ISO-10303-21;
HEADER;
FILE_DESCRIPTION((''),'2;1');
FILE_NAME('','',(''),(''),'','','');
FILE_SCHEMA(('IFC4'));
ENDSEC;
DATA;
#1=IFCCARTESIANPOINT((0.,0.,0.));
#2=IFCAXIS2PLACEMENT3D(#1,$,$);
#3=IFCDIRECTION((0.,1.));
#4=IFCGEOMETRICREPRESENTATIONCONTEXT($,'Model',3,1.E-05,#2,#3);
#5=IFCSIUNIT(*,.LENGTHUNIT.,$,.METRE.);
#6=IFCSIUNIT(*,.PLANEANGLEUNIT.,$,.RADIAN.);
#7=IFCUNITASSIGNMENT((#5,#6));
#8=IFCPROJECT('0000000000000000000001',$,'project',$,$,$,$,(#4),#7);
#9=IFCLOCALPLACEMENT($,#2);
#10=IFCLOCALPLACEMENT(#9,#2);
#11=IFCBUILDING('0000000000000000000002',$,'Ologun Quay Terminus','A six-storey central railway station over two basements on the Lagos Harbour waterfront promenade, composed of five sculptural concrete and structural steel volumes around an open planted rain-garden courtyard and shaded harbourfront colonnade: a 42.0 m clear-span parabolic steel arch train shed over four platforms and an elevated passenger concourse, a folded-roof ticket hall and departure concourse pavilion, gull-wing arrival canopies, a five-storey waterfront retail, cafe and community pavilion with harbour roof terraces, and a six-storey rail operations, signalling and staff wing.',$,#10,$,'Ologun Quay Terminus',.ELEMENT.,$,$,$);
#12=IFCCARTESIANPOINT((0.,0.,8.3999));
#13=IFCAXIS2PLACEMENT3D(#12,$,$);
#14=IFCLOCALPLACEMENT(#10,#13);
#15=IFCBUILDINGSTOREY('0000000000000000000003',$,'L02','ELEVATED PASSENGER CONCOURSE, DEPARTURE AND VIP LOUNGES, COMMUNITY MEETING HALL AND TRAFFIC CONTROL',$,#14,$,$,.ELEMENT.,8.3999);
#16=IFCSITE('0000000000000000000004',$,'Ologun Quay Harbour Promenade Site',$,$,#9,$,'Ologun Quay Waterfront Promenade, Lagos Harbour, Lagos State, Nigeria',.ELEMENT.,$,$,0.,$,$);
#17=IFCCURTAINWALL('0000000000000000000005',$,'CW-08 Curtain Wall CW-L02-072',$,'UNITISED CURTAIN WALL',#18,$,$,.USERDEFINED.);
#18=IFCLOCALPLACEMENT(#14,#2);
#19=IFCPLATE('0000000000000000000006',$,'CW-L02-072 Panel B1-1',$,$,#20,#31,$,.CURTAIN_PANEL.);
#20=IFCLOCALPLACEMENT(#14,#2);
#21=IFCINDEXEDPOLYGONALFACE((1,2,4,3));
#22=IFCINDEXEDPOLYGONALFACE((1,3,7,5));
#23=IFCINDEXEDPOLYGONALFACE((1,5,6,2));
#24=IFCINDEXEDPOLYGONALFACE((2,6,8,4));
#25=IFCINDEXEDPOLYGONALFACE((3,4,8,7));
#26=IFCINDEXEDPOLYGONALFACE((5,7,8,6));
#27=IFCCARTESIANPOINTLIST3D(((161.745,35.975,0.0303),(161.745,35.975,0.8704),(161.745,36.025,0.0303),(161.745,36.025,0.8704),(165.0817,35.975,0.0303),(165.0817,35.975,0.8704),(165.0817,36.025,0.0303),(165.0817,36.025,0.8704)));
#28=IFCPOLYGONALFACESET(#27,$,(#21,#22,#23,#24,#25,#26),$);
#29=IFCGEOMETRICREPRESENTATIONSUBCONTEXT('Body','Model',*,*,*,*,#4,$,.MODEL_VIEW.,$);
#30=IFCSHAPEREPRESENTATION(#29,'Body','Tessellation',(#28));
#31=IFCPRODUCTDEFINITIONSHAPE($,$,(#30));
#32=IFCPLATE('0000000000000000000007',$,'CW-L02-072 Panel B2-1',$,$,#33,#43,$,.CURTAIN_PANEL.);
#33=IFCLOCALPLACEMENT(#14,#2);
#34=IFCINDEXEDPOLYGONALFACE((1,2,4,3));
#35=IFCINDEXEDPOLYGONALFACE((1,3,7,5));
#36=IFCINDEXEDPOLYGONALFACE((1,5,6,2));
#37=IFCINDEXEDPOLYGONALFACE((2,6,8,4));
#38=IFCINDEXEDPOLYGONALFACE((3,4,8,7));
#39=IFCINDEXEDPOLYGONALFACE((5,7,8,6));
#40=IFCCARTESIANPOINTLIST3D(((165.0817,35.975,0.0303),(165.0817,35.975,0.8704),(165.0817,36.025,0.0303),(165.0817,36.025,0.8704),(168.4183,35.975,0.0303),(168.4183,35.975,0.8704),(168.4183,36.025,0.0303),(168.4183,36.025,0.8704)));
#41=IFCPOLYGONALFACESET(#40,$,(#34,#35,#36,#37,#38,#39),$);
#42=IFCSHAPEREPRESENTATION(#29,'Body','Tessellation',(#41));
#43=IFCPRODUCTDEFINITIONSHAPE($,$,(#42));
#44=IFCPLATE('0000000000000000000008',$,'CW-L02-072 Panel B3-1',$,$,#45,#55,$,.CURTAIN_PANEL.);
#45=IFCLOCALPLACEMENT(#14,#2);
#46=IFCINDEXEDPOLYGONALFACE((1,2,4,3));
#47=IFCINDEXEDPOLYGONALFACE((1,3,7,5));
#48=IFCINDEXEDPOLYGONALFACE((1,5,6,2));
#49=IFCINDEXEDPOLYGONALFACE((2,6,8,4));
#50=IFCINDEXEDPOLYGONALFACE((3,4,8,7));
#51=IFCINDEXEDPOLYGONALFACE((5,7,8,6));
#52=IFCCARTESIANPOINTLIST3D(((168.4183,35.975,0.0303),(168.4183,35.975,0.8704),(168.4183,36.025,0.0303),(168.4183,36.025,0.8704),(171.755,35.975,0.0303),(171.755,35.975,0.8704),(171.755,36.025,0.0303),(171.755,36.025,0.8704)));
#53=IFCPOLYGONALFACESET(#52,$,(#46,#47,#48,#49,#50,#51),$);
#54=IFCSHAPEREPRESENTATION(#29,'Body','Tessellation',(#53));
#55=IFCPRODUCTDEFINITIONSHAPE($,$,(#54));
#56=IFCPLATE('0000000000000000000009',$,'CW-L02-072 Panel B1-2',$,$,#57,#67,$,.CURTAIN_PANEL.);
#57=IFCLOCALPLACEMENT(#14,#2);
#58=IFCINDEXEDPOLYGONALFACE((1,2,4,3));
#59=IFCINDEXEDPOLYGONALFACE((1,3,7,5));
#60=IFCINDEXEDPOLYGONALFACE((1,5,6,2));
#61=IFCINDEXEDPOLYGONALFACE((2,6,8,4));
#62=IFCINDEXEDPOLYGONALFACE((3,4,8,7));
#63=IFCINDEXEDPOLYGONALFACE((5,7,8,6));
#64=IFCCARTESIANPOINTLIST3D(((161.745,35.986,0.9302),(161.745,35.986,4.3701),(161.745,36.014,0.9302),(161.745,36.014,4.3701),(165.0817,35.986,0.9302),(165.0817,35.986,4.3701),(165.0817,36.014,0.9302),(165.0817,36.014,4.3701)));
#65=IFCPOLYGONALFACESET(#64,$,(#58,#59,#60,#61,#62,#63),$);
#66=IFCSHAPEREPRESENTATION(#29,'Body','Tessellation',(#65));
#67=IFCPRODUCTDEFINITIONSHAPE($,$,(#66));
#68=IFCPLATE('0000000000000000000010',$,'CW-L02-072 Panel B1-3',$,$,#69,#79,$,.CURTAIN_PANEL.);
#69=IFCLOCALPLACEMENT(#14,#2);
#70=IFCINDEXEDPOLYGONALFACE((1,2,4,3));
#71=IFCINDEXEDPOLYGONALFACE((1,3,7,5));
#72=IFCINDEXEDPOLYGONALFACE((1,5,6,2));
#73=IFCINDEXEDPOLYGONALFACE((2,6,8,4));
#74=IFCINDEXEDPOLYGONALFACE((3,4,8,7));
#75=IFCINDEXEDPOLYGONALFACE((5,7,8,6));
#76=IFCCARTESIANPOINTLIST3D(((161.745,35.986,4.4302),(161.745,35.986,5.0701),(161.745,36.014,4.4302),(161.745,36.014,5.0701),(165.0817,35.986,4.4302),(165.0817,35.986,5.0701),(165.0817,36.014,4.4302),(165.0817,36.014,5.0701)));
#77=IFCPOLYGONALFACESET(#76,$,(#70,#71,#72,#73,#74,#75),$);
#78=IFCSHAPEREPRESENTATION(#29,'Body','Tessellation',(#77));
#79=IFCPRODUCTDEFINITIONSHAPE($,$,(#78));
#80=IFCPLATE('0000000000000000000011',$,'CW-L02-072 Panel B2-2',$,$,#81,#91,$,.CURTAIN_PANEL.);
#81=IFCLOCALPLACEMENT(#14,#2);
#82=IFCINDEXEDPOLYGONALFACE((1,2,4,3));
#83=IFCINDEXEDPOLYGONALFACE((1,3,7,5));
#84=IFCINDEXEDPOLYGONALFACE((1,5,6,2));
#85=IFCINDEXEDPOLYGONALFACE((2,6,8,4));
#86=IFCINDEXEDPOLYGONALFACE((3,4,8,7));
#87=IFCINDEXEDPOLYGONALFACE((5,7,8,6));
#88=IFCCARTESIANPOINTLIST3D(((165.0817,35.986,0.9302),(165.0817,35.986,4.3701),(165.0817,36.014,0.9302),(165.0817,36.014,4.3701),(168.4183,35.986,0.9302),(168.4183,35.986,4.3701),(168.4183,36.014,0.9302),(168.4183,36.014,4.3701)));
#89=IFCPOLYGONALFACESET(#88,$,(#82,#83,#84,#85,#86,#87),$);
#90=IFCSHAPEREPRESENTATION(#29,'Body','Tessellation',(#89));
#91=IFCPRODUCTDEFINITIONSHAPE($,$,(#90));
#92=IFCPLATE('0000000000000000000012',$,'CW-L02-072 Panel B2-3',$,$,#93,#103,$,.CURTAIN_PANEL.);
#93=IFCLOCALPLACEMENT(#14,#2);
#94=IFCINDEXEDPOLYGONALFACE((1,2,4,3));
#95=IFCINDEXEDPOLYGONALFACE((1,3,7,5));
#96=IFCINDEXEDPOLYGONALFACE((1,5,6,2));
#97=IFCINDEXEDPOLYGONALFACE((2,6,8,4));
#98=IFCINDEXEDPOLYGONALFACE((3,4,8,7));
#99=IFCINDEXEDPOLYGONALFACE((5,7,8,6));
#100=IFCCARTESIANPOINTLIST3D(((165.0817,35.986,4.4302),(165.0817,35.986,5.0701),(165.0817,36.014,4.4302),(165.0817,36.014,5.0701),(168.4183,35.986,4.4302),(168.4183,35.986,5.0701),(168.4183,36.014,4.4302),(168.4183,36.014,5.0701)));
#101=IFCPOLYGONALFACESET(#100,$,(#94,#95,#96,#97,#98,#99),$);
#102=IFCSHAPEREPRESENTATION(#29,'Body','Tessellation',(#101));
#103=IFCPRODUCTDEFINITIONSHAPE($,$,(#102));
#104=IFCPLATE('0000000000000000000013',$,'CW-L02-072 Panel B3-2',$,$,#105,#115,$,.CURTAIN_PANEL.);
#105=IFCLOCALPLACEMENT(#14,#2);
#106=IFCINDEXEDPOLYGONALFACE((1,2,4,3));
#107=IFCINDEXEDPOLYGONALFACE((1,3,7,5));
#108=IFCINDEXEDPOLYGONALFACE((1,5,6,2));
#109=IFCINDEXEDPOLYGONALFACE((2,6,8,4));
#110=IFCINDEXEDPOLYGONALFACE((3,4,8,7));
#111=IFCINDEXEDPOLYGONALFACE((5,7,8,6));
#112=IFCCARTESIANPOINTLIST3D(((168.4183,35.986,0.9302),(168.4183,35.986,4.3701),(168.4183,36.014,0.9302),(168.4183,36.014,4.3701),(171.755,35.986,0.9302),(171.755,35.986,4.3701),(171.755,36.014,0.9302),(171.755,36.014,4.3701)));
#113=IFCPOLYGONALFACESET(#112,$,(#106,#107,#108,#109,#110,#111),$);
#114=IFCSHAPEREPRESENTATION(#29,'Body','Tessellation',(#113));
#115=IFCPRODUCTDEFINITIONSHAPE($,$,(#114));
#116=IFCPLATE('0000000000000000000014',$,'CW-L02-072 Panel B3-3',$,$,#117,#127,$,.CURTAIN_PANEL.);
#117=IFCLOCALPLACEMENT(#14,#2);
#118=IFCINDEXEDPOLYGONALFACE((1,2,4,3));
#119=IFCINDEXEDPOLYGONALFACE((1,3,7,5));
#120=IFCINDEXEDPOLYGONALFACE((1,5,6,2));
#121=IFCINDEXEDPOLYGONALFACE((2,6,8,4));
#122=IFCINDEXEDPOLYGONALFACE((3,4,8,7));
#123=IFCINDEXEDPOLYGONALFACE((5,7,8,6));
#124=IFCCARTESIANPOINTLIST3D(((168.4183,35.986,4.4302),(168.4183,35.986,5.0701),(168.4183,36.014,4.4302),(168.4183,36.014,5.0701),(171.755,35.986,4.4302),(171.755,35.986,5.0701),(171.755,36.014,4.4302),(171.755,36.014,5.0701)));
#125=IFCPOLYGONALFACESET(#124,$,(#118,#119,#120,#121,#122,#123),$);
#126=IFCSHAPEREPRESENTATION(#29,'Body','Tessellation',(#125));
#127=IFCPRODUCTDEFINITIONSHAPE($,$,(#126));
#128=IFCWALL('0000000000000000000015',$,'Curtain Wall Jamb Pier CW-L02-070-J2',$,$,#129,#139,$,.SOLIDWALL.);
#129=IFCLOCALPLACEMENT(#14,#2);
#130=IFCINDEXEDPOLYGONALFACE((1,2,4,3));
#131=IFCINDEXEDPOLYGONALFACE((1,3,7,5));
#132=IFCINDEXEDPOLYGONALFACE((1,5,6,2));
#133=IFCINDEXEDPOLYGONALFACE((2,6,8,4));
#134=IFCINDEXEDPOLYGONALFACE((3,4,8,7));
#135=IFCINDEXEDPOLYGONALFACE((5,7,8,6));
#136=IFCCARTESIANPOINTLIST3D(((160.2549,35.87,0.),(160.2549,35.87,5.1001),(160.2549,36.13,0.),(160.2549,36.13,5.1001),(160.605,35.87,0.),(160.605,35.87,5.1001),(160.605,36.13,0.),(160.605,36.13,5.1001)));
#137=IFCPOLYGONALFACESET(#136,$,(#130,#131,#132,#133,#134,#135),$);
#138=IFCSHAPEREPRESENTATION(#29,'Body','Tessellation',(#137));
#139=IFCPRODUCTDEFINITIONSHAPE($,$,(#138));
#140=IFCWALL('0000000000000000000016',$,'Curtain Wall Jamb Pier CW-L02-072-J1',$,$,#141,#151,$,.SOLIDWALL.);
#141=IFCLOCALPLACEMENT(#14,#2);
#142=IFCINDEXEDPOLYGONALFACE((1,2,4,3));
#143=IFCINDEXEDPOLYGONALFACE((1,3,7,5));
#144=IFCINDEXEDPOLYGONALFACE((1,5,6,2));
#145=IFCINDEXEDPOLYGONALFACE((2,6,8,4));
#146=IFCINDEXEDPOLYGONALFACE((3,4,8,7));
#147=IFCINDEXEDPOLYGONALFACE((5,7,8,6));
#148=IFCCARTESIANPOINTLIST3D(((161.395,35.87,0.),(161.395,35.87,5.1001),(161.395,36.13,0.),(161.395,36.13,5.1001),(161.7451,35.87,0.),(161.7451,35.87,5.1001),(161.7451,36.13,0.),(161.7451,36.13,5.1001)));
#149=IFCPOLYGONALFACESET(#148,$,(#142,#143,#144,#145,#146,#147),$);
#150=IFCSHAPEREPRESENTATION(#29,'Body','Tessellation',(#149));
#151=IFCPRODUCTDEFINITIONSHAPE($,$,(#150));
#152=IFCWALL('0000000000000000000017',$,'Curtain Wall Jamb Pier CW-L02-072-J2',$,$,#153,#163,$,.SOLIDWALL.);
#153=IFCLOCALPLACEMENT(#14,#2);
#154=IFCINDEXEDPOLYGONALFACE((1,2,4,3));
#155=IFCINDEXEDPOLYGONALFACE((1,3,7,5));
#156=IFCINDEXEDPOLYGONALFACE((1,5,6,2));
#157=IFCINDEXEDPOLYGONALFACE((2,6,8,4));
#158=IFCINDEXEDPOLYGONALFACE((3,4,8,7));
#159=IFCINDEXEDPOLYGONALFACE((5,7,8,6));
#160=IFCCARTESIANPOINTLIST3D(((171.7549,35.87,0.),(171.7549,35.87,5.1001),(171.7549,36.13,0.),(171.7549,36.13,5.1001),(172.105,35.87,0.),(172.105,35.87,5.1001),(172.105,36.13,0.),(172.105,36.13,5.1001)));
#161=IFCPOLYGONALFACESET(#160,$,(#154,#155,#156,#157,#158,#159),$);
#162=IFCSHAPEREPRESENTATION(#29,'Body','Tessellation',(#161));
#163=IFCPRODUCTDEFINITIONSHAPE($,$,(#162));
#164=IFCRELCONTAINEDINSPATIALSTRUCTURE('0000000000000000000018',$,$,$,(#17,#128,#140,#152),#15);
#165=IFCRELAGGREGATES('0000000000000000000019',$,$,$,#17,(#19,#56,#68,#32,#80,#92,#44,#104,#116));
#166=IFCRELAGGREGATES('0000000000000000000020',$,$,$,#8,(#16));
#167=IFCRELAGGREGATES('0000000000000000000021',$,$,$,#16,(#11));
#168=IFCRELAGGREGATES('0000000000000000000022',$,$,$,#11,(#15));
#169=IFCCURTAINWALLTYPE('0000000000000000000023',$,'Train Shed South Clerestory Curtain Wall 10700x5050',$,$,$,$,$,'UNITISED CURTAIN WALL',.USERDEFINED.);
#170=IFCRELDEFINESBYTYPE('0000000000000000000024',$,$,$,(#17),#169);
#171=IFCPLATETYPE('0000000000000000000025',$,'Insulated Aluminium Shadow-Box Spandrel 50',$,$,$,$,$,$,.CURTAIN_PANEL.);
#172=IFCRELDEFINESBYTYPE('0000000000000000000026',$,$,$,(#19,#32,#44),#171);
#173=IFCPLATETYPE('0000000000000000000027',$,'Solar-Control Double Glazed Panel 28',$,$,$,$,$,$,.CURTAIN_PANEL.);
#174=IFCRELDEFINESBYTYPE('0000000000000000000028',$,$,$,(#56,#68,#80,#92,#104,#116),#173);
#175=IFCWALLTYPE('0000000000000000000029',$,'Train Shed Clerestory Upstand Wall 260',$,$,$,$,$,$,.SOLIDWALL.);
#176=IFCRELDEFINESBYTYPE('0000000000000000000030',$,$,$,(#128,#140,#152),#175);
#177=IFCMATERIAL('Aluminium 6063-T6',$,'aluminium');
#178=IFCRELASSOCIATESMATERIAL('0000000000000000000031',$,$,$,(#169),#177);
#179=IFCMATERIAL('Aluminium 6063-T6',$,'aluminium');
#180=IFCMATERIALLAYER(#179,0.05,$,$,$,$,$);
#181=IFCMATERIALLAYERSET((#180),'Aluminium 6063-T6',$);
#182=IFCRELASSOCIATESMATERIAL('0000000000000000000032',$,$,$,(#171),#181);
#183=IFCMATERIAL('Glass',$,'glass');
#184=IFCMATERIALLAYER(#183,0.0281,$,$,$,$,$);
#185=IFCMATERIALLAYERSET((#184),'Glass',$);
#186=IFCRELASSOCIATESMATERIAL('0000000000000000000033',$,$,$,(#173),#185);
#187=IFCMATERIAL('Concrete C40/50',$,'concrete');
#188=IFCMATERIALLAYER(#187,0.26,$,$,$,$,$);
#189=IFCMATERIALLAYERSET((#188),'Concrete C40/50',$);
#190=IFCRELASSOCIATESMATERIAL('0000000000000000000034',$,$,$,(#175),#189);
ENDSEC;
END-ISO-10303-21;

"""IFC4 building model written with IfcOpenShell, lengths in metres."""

from ifc_helpers import new_model, si_unit, direction, frame, frame_2d, origin, origin_2d, place, context, subcontext, project, spatial, rectangle, extrude, material, layer, layer_set, type_object, element, aggregate, save


model = new_model("IFC4")

# Units and contexts
model_context = context("Model", 3, precision=1e-05, world=origin(), true_north=direction((0.0, 1.0)))
body_context = subcontext(model_context, "Body", "Model", "MODEL_VIEW")
ifc_project = project(units=[si_unit("LENGTHUNIT", "METRE"), si_unit("PLANEANGLEUNIT", "RADIAN")], contexts=[model_context])

# Site, building, storey
site_placement = place(None, origin())
site = spatial("IfcSite", under=ifc_project, at=site_placement, Name="Ologun Quay Harbour Promenade Site", LongName="Ologun Quay Waterfront Promenade, Lagos Harbour, Lagos State, Nigeria", CompositionType="ELEMENT", RefElevation=0.0)
building_placement = place(site_placement, origin())
building = spatial("IfcBuilding", under=site, at=building_placement, Name="Ologun Quay Terminus", Description="A six-storey central railway station over two basements on the Lagos Harbour waterfront promenade, composed of five sculptural concrete and structural steel volumes around an open planted rain-garden courtyard and shaded harbourfront colonnade: a 42.0 m clear-span parabolic steel arch train shed over four platforms and an elevated passenger concourse, a folded-roof ticket hall and departure concourse pavilion, gull-wing arrival canopies, a five-storey waterfront retail, cafe and community pavilion with harbour roof terraces, and a six-storey rail operations, signalling and staff wing.", LongName="Ologun Quay Terminus", CompositionType="ELEMENT")
storey_placement = place(building_placement, frame((0.0, 0.0, 8.3999)))
storey = spatial("IfcBuildingStorey", under=building, at=storey_placement, Name="L02", Description="ELEVATED PASSENGER CONCOURSE, DEPARTURE AND VIP LOUNGES, COMMUNITY MEETING HALL AND TRAFFIC CONTROL", CompositionType="ELEMENT", Elevation=8.3999)

# Shared definitions
ifc_material_1 = material(Name="Aluminium 6063-T6", Category="aluminium")
curtain_wall_type_1 = type_object("IfcCurtainWallType", Name="Train Shed South Clerestory Curtain Wall 10700x5050", ElementType="UNITISED CURTAIN WALL", PredefinedType="USERDEFINED", material=ifc_material_1)

# Curtain wall
curtain_wall_1_placement = place(storey_placement, origin())
curtain_wall_1 = element("IfcCurtainWall", 1, at=curtain_wall_1_placement, inside=storey, type_object=curtain_wall_type_1, Name="CW-08 Curtain Wall CW-L02-072", ObjectType="UNITISED CURTAIN WALL", PredefinedType="USERDEFINED")

# Plates
ifc_material_2 = material(Name="Aluminium 6063-T6", Category="aluminium")
ifc_layer_1 = layer(ifc_material_2, 0.05)
ifc_layer_set_1 = layer_set([ifc_layer_1], Name="Aluminium 6063-T6")
plate_type_1 = type_object("IfcPlateType", Name="Insulated Aluminium Shadow-Box Spandrel 50", PredefinedType="CURTAIN_PANEL", material=ifc_layer_set_1)
plate_1_placement = place(storey_placement, frame((163.4133, 36.0, 0.0303), z_axis=(0.0, 0.0, 1.0), x_axis=(1.0, 0.0, 0.0)))
plate_1 = element("IfcPlate", 2, at=plate_1_placement, type_object=plate_type_1, Name="CW-L02-072 Panel B1-1", PredefinedType="CURTAIN_PANEL", context=body_context, shape_type="SweptSolid", body=[
    extrude(rectangle(XDim=3.3367, YDim=0.05, at=origin_2d()), origin(), (0.0, 0.0, 1.0), 0.8401),
])
plate_2_placement = place(storey_placement, frame((166.75, 36.0, 0.0303), z_axis=(0.0, 0.0, 1.0), x_axis=(1.0, 0.0, 0.0)))
plate_2 = element("IfcPlate", 3, at=plate_2_placement, type_object=plate_type_1, Name="CW-L02-072 Panel B2-1", PredefinedType="CURTAIN_PANEL", context=body_context, shape_type="SweptSolid", body=[
    extrude(rectangle(XDim=3.3367, YDim=0.05, at=origin_2d()), origin(), (0.0, 0.0, 1.0), 0.8401),
])
plate_3_placement = place(storey_placement, frame((170.0867, 36.0, 0.0303), z_axis=(0.0, 0.0, 1.0), x_axis=(1.0, 0.0, 0.0)))
plate_3 = element("IfcPlate", 4, at=plate_3_placement, type_object=plate_type_1, Name="CW-L02-072 Panel B3-1", PredefinedType="CURTAIN_PANEL", context=body_context, shape_type="SweptSolid", body=[
    extrude(rectangle(XDim=3.3367, YDim=0.05, at=origin_2d()), origin(), (0.0, 0.0, 1.0), 0.8401),
])
ifc_material_3 = material(Name="Glass", Category="glass")
ifc_layer_2 = layer(ifc_material_3, 0.0281)
ifc_layer_set_2 = layer_set([ifc_layer_2], Name="Glass")
plate_type_2 = type_object("IfcPlateType", Name="Solar-Control Double Glazed Panel 28", PredefinedType="CURTAIN_PANEL", material=ifc_layer_set_2)
plate_4_placement = place(storey_placement, frame((163.4133, 36.0, 0.9302), z_axis=(0.0, 0.0, 1.0), x_axis=(1.0, 0.0, 0.0)))
plate_4 = element("IfcPlate", 5, at=plate_4_placement, type_object=plate_type_2, Name="CW-L02-072 Panel B1-2", PredefinedType="CURTAIN_PANEL", context=body_context, shape_type="SweptSolid", body=[
    extrude(rectangle(XDim=3.3367, YDim=0.0281, at=origin_2d()), origin(), (0.0, 0.0, 1.0), 3.4399),
])
plate_5_placement = place(storey_placement, frame((163.4133, 36.0, 4.4302), z_axis=(0.0, 0.0, 1.0), x_axis=(1.0, 0.0, 0.0)))
plate_5 = element("IfcPlate", 6, at=plate_5_placement, type_object=plate_type_2, Name="CW-L02-072 Panel B1-3", PredefinedType="CURTAIN_PANEL", context=body_context, shape_type="SweptSolid", body=[
    extrude(rectangle(XDim=3.3367, YDim=0.0281, at=origin_2d()), origin(), (0.0, 0.0, 1.0), 0.6399),
])
plate_6_placement = place(storey_placement, frame((166.75, 36.0, 0.9302), z_axis=(0.0, 0.0, 1.0), x_axis=(1.0, 0.0, 0.0)))
plate_6 = element("IfcPlate", 7, at=plate_6_placement, type_object=plate_type_2, Name="CW-L02-072 Panel B2-2", PredefinedType="CURTAIN_PANEL", context=body_context, shape_type="SweptSolid", body=[
    extrude(rectangle(XDim=3.3367, YDim=0.0281, at=origin_2d()), origin(), (0.0, 0.0, 1.0), 3.4399),
])
plate_7_placement = place(storey_placement, frame((166.75, 36.0, 4.4302), z_axis=(0.0, 0.0, 1.0), x_axis=(1.0, 0.0, 0.0)))
plate_7 = element("IfcPlate", 8, at=plate_7_placement, type_object=plate_type_2, Name="CW-L02-072 Panel B2-3", PredefinedType="CURTAIN_PANEL", context=body_context, shape_type="SweptSolid", body=[
    extrude(rectangle(XDim=3.3367, YDim=0.0281, at=origin_2d()), origin(), (0.0, 0.0, 1.0), 0.6399),
])
plate_8_placement = place(storey_placement, frame((170.0867, 36.0, 0.9302), z_axis=(0.0, 0.0, 1.0), x_axis=(1.0, 0.0, 0.0)))
plate_8 = element("IfcPlate", 9, at=plate_8_placement, type_object=plate_type_2, Name="CW-L02-072 Panel B3-2", PredefinedType="CURTAIN_PANEL", context=body_context, shape_type="SweptSolid", body=[
    extrude(rectangle(XDim=3.3367, YDim=0.0281, at=origin_2d()), origin(), (0.0, 0.0, 1.0), 3.4399),
])
plate_9_placement = place(storey_placement, frame((170.0867, 36.0, 4.4302), z_axis=(0.0, 0.0, 1.0), x_axis=(1.0, 0.0, 0.0)))
plate_9 = element("IfcPlate", 10, at=plate_9_placement, type_object=plate_type_2, Name="CW-L02-072 Panel B3-3", PredefinedType="CURTAIN_PANEL", context=body_context, shape_type="SweptSolid", body=[
    extrude(rectangle(XDim=3.3367, YDim=0.0281, at=origin_2d()), origin(), (0.0, 0.0, 1.0), 0.6399),
])
aggregate(curtain_wall_1, [plate_1, plate_4, plate_5, plate_2, plate_6, plate_7, plate_3, plate_8, plate_9])

# Walls
ifc_material_4 = material(Name="Concrete C40/50", Category="concrete")
ifc_layer_3 = layer(ifc_material_4, 0.26)
ifc_layer_set_3 = layer_set([ifc_layer_3], Name="Concrete C40/50")
wall_type = type_object("IfcWallType", Name="Train Shed Clerestory Upstand Wall 260", PredefinedType="SOLIDWALL", material=ifc_layer_set_3)
for number, where, z_axis, x_axis, name in (
    (11, (160.2549, 36.0, 0.0), (0.0, 0.0, 1.0), (1.0, 0.0, 0.0), "Curtain Wall Jamb Pier CW-L02-070-J2"),
    (12, (161.395, 36.0, 0.0), (0.0, 0.0, 1.0), (1.0, 0.0, 0.0), "Curtain Wall Jamb Pier CW-L02-072-J1"),
    (13, (171.7549, 36.0, 0.0), (0.0, 0.0, 1.0), (1.0, 0.0, 0.0), "Curtain Wall Jamb Pier CW-L02-072-J2"),
):
    element("IfcWall", number, at=place(storey_placement, frame(where, z_axis=z_axis, x_axis=x_axis)), inside=storey, type_object=wall_type, Name=name, PredefinedType="SOLIDWALL", context=body_context, shape_type="SweptSolid", body=[
        extrude(rectangle(XDim=0.3501, YDim=0.26, at=frame_2d((0.175, 0.0))), origin(), (0.0, 0.0, 1.0), 5.1001),
    ])

save(model, "model.ifc")
